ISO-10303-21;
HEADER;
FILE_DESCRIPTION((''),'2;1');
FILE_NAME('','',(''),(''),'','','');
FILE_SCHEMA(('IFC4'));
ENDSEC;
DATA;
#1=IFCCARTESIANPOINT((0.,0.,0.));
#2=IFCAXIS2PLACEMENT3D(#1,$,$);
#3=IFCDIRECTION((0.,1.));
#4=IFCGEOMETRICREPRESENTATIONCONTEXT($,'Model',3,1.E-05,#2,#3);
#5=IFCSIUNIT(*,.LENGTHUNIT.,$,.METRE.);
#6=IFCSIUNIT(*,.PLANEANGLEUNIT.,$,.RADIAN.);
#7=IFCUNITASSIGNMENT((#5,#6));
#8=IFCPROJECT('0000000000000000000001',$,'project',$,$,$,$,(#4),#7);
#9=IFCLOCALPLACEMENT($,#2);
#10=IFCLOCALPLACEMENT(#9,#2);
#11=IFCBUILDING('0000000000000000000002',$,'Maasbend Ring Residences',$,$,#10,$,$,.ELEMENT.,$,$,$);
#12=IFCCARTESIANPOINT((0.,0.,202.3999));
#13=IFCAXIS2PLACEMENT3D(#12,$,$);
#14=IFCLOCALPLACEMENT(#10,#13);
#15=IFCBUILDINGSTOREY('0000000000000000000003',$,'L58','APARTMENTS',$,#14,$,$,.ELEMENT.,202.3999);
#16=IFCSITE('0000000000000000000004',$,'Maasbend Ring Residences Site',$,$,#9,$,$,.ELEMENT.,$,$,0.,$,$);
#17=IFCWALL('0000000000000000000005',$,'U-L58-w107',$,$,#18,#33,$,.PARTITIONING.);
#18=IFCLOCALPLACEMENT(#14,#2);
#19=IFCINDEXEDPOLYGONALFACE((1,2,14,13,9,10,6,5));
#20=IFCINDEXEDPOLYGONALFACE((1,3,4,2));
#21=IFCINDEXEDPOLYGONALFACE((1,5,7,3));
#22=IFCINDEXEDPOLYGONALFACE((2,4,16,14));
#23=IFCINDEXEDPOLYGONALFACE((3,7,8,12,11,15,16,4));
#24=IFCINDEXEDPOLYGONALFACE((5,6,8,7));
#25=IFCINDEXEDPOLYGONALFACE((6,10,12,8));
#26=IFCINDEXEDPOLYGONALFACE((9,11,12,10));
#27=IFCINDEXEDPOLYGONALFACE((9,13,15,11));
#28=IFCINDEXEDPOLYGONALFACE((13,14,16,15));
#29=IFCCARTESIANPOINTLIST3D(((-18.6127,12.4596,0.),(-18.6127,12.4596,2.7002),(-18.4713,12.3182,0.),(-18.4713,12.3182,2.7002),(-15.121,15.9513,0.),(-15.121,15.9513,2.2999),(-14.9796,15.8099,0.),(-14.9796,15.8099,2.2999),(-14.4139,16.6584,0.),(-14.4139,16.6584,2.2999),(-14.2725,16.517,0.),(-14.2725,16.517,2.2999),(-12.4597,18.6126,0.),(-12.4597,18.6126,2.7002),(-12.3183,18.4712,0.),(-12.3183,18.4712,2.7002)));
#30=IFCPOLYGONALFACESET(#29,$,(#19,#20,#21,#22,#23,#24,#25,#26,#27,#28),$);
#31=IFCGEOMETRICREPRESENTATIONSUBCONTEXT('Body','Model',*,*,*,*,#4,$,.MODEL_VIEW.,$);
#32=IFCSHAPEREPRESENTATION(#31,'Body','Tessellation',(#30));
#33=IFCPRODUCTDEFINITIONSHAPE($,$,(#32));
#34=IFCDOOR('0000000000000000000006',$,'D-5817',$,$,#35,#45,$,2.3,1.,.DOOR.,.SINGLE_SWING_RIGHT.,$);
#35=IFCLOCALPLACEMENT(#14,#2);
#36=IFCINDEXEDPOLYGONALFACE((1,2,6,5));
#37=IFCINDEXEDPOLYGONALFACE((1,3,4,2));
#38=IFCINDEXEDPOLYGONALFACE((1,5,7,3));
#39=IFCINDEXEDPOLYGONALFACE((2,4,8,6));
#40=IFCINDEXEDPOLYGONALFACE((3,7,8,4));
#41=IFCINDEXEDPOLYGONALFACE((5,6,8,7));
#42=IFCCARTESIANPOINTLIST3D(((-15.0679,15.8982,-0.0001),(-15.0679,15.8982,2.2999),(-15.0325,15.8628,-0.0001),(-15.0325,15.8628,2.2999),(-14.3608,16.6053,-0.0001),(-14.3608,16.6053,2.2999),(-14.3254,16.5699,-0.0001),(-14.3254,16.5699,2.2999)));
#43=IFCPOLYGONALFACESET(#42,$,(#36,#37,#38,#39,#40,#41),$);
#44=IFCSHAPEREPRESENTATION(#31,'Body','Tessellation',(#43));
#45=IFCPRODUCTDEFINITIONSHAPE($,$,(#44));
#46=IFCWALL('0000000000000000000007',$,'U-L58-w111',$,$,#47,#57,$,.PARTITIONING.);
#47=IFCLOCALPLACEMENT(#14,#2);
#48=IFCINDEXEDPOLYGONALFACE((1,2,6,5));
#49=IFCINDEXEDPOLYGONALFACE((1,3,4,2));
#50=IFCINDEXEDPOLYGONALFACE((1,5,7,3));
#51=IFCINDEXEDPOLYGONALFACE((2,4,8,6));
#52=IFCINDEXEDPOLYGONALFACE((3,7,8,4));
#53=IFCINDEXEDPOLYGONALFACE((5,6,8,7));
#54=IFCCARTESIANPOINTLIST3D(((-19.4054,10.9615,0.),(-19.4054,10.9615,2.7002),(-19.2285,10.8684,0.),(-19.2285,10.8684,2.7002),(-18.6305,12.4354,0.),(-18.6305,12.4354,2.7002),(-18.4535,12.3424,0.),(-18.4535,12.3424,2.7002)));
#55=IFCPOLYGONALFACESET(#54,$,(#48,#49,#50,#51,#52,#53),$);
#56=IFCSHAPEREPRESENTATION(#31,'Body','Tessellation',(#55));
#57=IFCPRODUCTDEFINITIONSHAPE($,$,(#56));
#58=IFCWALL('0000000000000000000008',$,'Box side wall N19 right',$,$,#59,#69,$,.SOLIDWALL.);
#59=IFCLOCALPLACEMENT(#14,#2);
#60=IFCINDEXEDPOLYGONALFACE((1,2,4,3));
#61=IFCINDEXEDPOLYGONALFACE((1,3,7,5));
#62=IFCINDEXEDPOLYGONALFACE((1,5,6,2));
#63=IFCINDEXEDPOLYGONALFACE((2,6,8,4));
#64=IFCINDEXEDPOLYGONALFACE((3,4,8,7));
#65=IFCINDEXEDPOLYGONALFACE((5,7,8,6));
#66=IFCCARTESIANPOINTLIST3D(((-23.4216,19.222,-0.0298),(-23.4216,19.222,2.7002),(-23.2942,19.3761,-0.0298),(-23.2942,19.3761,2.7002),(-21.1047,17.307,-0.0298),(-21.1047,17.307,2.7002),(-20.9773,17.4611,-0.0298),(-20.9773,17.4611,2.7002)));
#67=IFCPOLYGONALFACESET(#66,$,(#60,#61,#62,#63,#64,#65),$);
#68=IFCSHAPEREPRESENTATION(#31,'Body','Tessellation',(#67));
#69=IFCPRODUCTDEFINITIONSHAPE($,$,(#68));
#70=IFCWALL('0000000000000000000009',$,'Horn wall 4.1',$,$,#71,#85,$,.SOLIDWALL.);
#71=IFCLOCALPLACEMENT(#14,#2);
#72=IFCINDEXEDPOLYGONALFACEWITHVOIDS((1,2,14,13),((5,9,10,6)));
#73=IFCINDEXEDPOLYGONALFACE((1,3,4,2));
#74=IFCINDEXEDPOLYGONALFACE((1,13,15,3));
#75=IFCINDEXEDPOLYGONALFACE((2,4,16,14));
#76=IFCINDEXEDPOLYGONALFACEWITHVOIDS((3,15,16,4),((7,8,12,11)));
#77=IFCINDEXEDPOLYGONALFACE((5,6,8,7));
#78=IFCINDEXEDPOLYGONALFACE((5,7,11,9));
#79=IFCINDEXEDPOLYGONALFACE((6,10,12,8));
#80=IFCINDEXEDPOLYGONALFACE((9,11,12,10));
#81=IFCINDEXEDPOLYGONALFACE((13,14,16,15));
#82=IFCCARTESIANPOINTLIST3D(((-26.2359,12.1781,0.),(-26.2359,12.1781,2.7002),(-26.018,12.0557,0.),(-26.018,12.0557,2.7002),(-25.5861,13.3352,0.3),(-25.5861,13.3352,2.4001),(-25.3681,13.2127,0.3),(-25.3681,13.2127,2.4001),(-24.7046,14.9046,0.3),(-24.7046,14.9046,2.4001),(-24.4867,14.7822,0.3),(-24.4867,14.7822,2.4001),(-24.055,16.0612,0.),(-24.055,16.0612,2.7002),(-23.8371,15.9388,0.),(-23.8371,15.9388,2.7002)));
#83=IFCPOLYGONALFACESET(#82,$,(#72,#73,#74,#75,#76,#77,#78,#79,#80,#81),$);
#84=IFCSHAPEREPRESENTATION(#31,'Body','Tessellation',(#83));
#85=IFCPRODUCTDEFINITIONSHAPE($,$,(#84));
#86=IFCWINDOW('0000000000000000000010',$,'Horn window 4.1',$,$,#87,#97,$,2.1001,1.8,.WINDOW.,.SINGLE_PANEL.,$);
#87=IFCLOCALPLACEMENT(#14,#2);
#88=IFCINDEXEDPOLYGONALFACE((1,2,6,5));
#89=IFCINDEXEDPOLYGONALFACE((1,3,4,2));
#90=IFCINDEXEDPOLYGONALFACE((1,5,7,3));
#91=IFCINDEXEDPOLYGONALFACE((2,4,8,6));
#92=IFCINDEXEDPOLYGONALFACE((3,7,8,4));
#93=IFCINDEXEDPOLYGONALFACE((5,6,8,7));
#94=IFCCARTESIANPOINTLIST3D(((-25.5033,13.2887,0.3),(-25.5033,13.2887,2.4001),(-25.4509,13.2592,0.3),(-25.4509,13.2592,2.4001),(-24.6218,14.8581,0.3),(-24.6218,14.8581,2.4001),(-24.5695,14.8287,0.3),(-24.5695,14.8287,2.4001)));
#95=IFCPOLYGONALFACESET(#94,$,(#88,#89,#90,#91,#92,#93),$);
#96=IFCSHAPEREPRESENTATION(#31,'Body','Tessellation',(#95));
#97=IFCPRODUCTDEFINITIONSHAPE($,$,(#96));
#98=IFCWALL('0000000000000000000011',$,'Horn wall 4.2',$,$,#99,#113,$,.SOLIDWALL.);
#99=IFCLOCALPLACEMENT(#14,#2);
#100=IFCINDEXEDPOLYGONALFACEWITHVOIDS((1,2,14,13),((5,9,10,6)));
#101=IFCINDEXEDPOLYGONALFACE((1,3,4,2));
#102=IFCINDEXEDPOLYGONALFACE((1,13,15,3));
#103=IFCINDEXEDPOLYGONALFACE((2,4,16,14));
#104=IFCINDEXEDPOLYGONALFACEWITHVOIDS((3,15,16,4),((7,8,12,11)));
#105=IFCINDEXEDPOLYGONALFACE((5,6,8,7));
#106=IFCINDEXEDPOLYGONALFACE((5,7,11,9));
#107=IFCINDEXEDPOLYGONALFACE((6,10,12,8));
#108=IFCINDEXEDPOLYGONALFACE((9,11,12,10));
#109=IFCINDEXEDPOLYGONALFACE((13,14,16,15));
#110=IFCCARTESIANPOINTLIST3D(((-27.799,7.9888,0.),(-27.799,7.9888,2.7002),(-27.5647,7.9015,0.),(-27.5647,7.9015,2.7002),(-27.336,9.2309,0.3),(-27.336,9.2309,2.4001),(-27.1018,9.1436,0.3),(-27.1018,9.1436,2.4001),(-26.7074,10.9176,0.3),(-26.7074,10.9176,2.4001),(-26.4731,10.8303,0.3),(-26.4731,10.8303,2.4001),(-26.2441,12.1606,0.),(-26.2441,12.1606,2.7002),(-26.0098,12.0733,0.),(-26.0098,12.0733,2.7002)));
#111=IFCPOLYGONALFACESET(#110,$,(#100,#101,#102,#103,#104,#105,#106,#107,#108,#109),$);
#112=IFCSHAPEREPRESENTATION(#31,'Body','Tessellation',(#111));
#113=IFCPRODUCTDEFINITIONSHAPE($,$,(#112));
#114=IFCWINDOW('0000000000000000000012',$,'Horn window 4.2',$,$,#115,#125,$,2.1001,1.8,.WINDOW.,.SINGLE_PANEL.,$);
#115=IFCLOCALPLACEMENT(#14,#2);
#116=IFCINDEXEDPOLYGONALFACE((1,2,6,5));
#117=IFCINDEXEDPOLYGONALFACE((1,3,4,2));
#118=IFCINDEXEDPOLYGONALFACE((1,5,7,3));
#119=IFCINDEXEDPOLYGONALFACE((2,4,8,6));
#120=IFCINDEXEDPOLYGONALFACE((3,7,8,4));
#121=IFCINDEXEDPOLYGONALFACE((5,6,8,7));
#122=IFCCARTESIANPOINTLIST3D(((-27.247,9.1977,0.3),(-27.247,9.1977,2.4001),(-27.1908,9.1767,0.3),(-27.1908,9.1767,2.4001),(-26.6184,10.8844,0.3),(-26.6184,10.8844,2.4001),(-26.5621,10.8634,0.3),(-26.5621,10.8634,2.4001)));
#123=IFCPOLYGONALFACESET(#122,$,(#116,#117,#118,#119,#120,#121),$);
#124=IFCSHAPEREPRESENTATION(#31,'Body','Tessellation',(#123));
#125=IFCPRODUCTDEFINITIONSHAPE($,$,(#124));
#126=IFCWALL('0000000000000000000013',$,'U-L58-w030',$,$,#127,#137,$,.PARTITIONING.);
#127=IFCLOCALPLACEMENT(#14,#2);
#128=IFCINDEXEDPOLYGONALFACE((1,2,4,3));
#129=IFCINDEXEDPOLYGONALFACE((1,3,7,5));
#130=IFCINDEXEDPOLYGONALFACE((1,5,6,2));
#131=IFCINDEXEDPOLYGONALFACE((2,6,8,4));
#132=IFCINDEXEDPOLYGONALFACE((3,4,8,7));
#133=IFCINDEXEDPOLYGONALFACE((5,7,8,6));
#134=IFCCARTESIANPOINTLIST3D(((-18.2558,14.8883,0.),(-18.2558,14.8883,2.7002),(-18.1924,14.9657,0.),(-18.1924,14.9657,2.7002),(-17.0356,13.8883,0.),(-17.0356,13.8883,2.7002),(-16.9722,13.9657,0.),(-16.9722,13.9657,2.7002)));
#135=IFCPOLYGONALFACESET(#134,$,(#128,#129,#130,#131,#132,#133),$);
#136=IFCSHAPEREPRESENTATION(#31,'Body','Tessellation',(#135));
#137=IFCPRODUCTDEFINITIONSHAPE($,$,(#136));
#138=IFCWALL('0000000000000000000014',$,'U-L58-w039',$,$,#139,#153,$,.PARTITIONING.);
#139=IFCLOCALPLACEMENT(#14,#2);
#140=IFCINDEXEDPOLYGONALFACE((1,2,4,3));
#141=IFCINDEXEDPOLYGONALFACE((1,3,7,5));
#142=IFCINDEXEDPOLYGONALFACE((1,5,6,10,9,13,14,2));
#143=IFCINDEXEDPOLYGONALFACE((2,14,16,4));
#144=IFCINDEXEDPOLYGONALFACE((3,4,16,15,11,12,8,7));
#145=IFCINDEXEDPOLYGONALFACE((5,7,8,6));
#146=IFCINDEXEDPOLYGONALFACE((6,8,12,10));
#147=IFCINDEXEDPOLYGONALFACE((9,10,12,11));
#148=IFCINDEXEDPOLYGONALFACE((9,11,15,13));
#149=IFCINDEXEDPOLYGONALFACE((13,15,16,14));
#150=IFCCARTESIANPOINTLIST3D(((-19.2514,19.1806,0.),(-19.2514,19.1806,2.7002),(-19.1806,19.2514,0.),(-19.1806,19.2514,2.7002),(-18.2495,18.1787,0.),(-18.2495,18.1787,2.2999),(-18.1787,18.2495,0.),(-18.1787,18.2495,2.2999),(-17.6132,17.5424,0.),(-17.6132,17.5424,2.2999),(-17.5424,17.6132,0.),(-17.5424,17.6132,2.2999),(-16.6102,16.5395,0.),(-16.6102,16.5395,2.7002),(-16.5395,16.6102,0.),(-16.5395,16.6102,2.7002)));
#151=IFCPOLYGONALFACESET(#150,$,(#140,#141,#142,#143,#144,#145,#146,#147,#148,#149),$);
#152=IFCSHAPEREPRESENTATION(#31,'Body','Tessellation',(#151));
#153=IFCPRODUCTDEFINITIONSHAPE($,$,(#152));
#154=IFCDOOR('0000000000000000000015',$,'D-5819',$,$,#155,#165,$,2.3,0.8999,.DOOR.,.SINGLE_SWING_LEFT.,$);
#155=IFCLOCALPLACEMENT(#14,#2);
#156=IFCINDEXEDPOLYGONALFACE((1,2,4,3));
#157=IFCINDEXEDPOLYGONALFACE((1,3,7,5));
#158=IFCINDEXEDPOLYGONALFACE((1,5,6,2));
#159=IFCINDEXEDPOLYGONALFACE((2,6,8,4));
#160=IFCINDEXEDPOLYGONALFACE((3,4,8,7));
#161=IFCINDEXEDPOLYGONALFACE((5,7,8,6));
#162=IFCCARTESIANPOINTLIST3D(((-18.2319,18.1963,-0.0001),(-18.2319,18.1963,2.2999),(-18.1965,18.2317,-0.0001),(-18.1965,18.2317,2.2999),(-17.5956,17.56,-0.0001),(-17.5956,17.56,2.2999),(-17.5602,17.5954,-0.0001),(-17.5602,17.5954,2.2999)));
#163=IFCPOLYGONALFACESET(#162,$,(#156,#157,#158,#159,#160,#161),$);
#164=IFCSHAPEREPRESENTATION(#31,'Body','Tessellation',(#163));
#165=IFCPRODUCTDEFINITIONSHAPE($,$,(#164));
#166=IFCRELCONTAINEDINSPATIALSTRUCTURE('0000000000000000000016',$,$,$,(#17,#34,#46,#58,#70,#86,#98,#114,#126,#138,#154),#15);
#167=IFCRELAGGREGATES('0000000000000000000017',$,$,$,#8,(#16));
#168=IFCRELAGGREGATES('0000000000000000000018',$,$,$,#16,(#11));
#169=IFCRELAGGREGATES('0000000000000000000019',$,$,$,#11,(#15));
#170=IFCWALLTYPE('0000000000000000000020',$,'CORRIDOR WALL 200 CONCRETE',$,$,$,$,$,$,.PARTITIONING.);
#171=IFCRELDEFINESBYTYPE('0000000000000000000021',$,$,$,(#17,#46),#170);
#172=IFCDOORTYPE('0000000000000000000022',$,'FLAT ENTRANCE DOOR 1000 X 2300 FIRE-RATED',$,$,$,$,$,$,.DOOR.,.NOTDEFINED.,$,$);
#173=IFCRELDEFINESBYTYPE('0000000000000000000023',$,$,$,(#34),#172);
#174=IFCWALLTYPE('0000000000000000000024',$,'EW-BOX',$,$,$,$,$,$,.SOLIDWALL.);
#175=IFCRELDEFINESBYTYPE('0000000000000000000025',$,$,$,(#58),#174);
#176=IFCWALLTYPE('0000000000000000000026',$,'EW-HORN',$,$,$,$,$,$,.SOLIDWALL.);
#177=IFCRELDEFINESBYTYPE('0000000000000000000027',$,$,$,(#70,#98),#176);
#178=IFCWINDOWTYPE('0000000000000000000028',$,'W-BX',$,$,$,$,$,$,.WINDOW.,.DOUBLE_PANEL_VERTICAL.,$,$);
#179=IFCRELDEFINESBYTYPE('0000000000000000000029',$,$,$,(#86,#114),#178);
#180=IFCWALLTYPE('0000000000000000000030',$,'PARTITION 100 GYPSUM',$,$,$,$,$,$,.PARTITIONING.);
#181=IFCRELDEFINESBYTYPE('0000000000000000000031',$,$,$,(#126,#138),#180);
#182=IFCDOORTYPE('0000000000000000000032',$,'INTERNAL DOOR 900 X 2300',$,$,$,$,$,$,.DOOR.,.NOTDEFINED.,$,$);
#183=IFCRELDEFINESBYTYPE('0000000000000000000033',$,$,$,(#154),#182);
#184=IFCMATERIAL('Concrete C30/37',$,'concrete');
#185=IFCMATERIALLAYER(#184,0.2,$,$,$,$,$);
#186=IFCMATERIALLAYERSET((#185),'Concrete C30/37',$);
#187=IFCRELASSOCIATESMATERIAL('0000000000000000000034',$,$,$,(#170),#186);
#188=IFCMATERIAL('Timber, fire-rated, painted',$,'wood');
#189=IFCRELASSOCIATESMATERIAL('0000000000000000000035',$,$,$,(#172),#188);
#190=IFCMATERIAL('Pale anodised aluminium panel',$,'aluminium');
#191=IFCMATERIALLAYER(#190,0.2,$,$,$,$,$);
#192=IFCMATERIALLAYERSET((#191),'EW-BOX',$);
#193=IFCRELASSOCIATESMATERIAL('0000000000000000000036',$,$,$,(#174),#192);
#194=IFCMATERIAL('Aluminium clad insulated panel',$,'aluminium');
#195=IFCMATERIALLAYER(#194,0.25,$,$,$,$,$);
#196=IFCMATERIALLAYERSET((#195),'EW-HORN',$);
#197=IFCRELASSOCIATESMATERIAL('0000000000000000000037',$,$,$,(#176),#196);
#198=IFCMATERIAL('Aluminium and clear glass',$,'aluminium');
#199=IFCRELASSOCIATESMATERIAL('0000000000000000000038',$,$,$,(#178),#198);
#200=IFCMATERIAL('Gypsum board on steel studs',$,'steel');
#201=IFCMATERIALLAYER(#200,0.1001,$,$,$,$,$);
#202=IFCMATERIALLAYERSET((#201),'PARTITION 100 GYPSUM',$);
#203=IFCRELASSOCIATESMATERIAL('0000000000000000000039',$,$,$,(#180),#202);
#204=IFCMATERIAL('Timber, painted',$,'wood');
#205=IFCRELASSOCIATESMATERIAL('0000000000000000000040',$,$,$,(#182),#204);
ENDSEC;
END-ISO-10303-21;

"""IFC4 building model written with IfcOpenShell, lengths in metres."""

from ifc_helpers import new_model, si_unit, direction, frame, frame_2d, origin, place, context, subcontext, project, spatial, rectangle, extrude, material, layer, layer_set, type_object, element, fill, save


model = new_model("IFC4")

# Units and contexts
model_context = context("Model", 3, precision=1e-05, world=origin(), true_north=direction((0.0, 1.0)))
body_context = subcontext(model_context, "Body", "Model", "MODEL_VIEW")
ifc_project = project(units=[si_unit("LENGTHUNIT", "METRE"), si_unit("PLANEANGLEUNIT", "RADIAN")], contexts=[model_context])

# Site, building, storey
site_placement = place(None, origin())
site = spatial("IfcSite", under=ifc_project, at=site_placement, Name="Maasbend Ring Residences Site", CompositionType="ELEMENT", RefElevation=0.0)
building_placement = place(site_placement, origin())
building = spatial("IfcBuilding", under=site, at=building_placement, Name="Maasbend Ring Residences", CompositionType="ELEMENT")
storey_placement = place(building_placement, frame((0.0, 0.0, 202.3999)))
storey = spatial("IfcBuildingStorey", under=building, at=storey_placement, Name="L58", Description="APARTMENTS", CompositionType="ELEMENT", Elevation=202.3999)

# Wall, opening, door
ifc_material_1 = material(Name="Concrete C30/37", Category="concrete")
ifc_layer_1 = layer(ifc_material_1, 0.2)
ifc_layer_set_1 = layer_set([ifc_layer_1], Name="Concrete C30/37")
wall_type_1 = type_object("IfcWallType", Name="CORRIDOR WALL 200 CONCRETE", PredefinedType="PARTITIONING", material=ifc_layer_set_1)
ifc_material_2 = material(Name="Timber, fire-rated, painted", Category="wood")
door_type_1 = type_object("IfcDoorType", Name="FLAT ENTRANCE DOOR 1000 X 2300 FIRE-RATED", OperationType="NOTDEFINED", PredefinedType="DOOR", material=ifc_material_2)
wall_1_placement = place(storey_placement, frame((-18.542, 12.3889, 0.0), z_axis=(0.0, 0.0, 1.0), x_axis=(0.707107, 0.707107, 0.0)))
wall_1 = element("IfcWall", 1, at=wall_1_placement, inside=storey, type_object=wall_type_1, Name="U-L58-w107", PredefinedType="PARTITIONING", context=body_context, shape_type="SweptSolid", body=[
    extrude(rectangle(XDim=8.7017, YDim=0.2, at=frame_2d((4.3508, 0.0))), origin(), (0.0, 0.0, 1.0), 2.7002),
])
opening_1_placement = place(wall_1_placement, frame((4.938, 0.0, 0.0)))
opening_1 = element("IfcOpeningElement", 2, at=opening_1_placement, cuts=wall_1, PredefinedType="OPENING", context=body_context, shape_type="SweptSolid", body=[
    extrude(rectangle(XDim=1.0, YDim=2.3, at=frame_2d((0.5, 1.1499))), frame((0.0, 0.1099, 0.0), z_axis=(0.0, -1.0, 0.0), x_axis=(1.0, 0.0, 0.0)), (0.0, 0.0, 1.0), 0.22),
])
door_1_placement = place(opening_1_placement, origin())
door_1 = element("IfcDoor", 3, at=door_1_placement, inside=storey, type_object=door_type_1, Name="D-5817", OperationType="SINGLE_SWING_RIGHT", OverallHeight=2.3, OverallWidth=1.0, PredefinedType="DOOR", context=body_context, shape_type="SweptSolid", body=[
    extrude(rectangle(XDim=1.0, YDim=2.3, at=frame_2d((0.5, 1.1499))), frame((0.0, 0.0249, 0.0), z_axis=(0.0, -1.0, 0.0), x_axis=(1.0, 0.0, 0.0)), (0.0, 0.0, 1.0), 0.05),
])
fill(opening_1, door_1)

# Walls
wall_2_placement = place(storey_placement, frame((-19.3169, 10.915, 0.0), z_axis=(0.0, 0.0, 1.0), x_axis=(0.46536, 0.885122, 0.0)))
element("IfcWall", 4, at=wall_2_placement, inside=storey, type_object=wall_type_1, Name="U-L58-w111", PredefinedType="PARTITIONING", context=body_context, shape_type="SweptSolid", body=[
    extrude(rectangle(XDim=1.6653, YDim=0.2, at=frame_2d((0.8325, 0.0))), origin(), (0.0, 0.0, 1.0), 2.7002),
])
ifc_material_3 = material(Name="Pale anodised aluminium panel", Category="aluminium")
ifc_layer_2 = layer(ifc_material_3, 0.2)
ifc_layer_set_2 = layer_set([ifc_layer_2], Name="EW-BOX")
wall_type_2 = type_object("IfcWallType", Name="EW-BOX", PredefinedType="SOLIDWALL", material=ifc_layer_set_2)
wall_3_placement = place(storey_placement, frame((-21.041, 17.384, -0.0298), z_axis=(0.0, 0.0, 1.0), x_axis=(-0.770785, 0.637096, 0.0)))
element("IfcWall", 5, at=wall_3_placement, inside=storey, type_object=wall_type_2, Name="Box side wall N19 right", PredefinedType="SOLIDWALL", context=body_context, shape_type="SweptSolid", body=[
    extrude(rectangle(XDim=3.0059, YDim=0.2, at=frame_2d((1.5029, 0.0))), origin(), (0.0, 0.0, 1.0), 2.73),
])

# Walls, openings, windows
ifc_material_4 = material(Name="Aluminium clad insulated panel", Category="aluminium")
ifc_layer_3 = layer(ifc_material_4, 0.25)
ifc_layer_set_3 = layer_set([ifc_layer_3], Name="EW-HORN")
wall_type_3 = type_object("IfcWallType", Name="EW-HORN", PredefinedType="SOLIDWALL", material=ifc_layer_set_3)
wall_4_placement = place(storey_placement, frame((-23.946, 16.0, 0.0), z_axis=(0.0, 0.0, 1.0), x_axis=(-0.489696, -0.871893, 0.0)))
wall_4 = element("IfcWall", 6, at=wall_4_placement, inside=storey, type_object=wall_type_3, Name="Horn wall 4.1", PredefinedType="SOLIDWALL", context=body_context, shape_type="SweptSolid", body=[
    extrude(rectangle(XDim=4.4536, YDim=0.25, at=frame_2d((2.2268, 0.0))), origin(), (0.0, 0.0, 1.0), 2.7002),
])
opening_2_placement = place(wall_4_placement, frame((1.3267, 0.0, 0.3)))
opening_2 = element("IfcOpeningElement", 7, at=opening_2_placement, cuts=wall_4, PredefinedType="OPENING", context=body_context, shape_type="SweptSolid", body=[
    extrude(rectangle(XDim=1.8, YDim=2.1001, at=frame_2d((0.8999, 1.05))), frame((0.0, 0.135, 0.0), z_axis=(0.0, -1.0, 0.0), x_axis=(1.0, 0.0, 0.0)), (0.0, 0.0, 1.0), 0.27),
])
ifc_material_5 = material(Name="Aluminium and clear glass", Category="aluminium")
window_type = type_object("IfcWindowType", Name="W-BX", PartitioningType="DOUBLE_PANEL_VERTICAL", PredefinedType="WINDOW", material=ifc_material_5)
window_1_placement = place(opening_2_placement, origin())
window_1 = element("IfcWindow", 8, at=window_1_placement, inside=storey, type_object=window_type, Name="Horn window 4.1", OverallHeight=2.1001, OverallWidth=1.8, PartitioningType="SINGLE_PANEL", PredefinedType="WINDOW", context=body_context, shape_type="SweptSolid", body=[
    extrude(rectangle(XDim=1.8, YDim=2.1001, at=frame_2d((0.8999, 1.05))), frame((0.0, 0.03, 0.0), z_axis=(0.0, -1.0, 0.0), x_axis=(1.0, 0.0, 0.0)), (0.0, 0.0, 1.0), 0.0601),
])
fill(opening_2, window_1)
wall_5_placement = place(storey_placement, frame((-26.127, 12.1169, 0.0), z_axis=(0.0, 0.0, 1.0), x_axis=(-0.349248, -0.93703, 0.0)))
wall_5 = element("IfcWall", 9, at=wall_5_placement, inside=storey, type_object=wall_type_3, Name="Horn wall 4.2", PredefinedType="SOLIDWALL", context=body_context, shape_type="SweptSolid", body=[
    extrude(rectangle(XDim=4.4521, YDim=0.25, at=frame_2d((2.2261, 0.0))), origin(), (0.0, 0.0, 1.0), 2.7002),
])
opening_3_placement = place(wall_5_placement, frame((1.3267, 0.0, 0.3)))
opening_3 = element("IfcOpeningElement", 10, at=opening_3_placement, cuts=wall_5, PredefinedType="OPENING", context=body_context, shape_type="SweptSolid", body=[
    extrude(rectangle(XDim=1.8, YDim=2.1001, at=frame_2d((0.8999, 1.05))), frame((0.0, 0.135, 0.0), z_axis=(0.0, -1.0, 0.0), x_axis=(1.0, 0.0, 0.0)), (0.0, 0.0, 1.0), 0.27),
])
window_2_placement = place(opening_3_placement, origin())
window_2 = element("IfcWindow", 11, at=window_2_placement, inside=storey, type_object=window_type, Name="Horn window 4.2", OverallHeight=2.1001, OverallWidth=1.8, PartitioningType="SINGLE_PANEL", PredefinedType="WINDOW", context=body_context, shape_type="SweptSolid", body=[
    extrude(rectangle(XDim=1.8, YDim=2.1001, at=frame_2d((0.8999, 1.05))), frame((0.0, 0.03, 0.0), z_axis=(0.0, -1.0, 0.0), x_axis=(1.0, 0.0, 0.0)), (0.0, 0.0, 1.0), 0.0601),
])
fill(opening_3, window_2)

# Wall
ifc_material_6 = material(Name="Gypsum board on steel studs", Category="steel")
ifc_layer_4 = layer(ifc_material_6, 0.1001)
ifc_layer_set_4 = layer_set([ifc_layer_4], Name="PARTITION 100 GYPSUM")
wall_type_4 = type_object("IfcWallType", Name="PARTITION 100 GYPSUM", PredefinedType="PARTITIONING", material=ifc_layer_set_4)
wall_6_placement = place(storey_placement, frame((-18.2241, 14.927, 0.0), z_axis=(0.0, 0.0, 1.0), x_axis=(0.773447, -0.633861, 0.0)))
element("IfcWall", 12, at=wall_6_placement, inside=storey, type_object=wall_type_4, Name="U-L58-w030", PredefinedType="PARTITIONING", context=body_context, shape_type="SweptSolid", body=[
    extrude(rectangle(XDim=1.5776, YDim=0.1001, at=frame_2d((0.7888, 0.0))), origin(), (0.0, 0.0, 1.0), 2.7002),
])

# Wall, opening, door
wall_7_placement = place(storey_placement, frame((-19.2161, 19.2161, 0.0), z_axis=(0.0, 0.0, 1.0), x_axis=(0.707107, -0.707107, 0.0)))
wall_7 = element("IfcWall", 13, at=wall_7_placement, inside=storey, type_object=wall_type_4, Name="U-L58-w039", PredefinedType="PARTITIONING", context=body_context, shape_type="SweptSolid", body=[
    extrude(rectangle(XDim=3.7351, YDim=0.1001, at=frame_2d((1.8677, 0.0))), origin(), (0.0, 0.0, 1.0), 2.7002),
])
opening_4_placement = place(wall_7_placement, frame((1.417, 0.0, 0.0)))
opening_4 = element("IfcOpeningElement", 14, at=opening_4_placement, cuts=wall_7, PredefinedType="OPENING", context=body_context, shape_type="SweptSolid", body=[
    extrude(rectangle(XDim=0.8999, YDim=2.3, at=frame_2d((0.45, 1.1499))), frame((0.0, 0.0601, 0.0), z_axis=(0.0, -1.0, 0.0), x_axis=(1.0, 0.0, 0.0)), (0.0, 0.0, 1.0), 0.1201),
])
ifc_material_7 = material(Name="Timber, painted", Category="wood")
door_type_2 = type_object("IfcDoorType", Name="INTERNAL DOOR 900 X 2300", OperationType="NOTDEFINED", PredefinedType="DOOR", material=ifc_material_7)
door_2_placement = place(opening_4_placement, origin())
door_2 = element("IfcDoor", 15, at=door_2_placement, inside=storey, type_object=door_type_2, Name="D-5819", OperationType="SINGLE_SWING_LEFT", OverallHeight=2.3, OverallWidth=0.8999, PredefinedType="DOOR", context=body_context, shape_type="SweptSolid", body=[
    extrude(rectangle(XDim=0.8999, YDim=2.3, at=frame_2d((0.45, 1.1499))), frame((0.0, 0.0249, 0.0), z_axis=(0.0, -1.0, 0.0), x_axis=(1.0, 0.0, 0.0)), (0.0, 0.0, 1.0), 0.05),
])
fill(opening_4, door_2)

save(model, "model.ifc")
